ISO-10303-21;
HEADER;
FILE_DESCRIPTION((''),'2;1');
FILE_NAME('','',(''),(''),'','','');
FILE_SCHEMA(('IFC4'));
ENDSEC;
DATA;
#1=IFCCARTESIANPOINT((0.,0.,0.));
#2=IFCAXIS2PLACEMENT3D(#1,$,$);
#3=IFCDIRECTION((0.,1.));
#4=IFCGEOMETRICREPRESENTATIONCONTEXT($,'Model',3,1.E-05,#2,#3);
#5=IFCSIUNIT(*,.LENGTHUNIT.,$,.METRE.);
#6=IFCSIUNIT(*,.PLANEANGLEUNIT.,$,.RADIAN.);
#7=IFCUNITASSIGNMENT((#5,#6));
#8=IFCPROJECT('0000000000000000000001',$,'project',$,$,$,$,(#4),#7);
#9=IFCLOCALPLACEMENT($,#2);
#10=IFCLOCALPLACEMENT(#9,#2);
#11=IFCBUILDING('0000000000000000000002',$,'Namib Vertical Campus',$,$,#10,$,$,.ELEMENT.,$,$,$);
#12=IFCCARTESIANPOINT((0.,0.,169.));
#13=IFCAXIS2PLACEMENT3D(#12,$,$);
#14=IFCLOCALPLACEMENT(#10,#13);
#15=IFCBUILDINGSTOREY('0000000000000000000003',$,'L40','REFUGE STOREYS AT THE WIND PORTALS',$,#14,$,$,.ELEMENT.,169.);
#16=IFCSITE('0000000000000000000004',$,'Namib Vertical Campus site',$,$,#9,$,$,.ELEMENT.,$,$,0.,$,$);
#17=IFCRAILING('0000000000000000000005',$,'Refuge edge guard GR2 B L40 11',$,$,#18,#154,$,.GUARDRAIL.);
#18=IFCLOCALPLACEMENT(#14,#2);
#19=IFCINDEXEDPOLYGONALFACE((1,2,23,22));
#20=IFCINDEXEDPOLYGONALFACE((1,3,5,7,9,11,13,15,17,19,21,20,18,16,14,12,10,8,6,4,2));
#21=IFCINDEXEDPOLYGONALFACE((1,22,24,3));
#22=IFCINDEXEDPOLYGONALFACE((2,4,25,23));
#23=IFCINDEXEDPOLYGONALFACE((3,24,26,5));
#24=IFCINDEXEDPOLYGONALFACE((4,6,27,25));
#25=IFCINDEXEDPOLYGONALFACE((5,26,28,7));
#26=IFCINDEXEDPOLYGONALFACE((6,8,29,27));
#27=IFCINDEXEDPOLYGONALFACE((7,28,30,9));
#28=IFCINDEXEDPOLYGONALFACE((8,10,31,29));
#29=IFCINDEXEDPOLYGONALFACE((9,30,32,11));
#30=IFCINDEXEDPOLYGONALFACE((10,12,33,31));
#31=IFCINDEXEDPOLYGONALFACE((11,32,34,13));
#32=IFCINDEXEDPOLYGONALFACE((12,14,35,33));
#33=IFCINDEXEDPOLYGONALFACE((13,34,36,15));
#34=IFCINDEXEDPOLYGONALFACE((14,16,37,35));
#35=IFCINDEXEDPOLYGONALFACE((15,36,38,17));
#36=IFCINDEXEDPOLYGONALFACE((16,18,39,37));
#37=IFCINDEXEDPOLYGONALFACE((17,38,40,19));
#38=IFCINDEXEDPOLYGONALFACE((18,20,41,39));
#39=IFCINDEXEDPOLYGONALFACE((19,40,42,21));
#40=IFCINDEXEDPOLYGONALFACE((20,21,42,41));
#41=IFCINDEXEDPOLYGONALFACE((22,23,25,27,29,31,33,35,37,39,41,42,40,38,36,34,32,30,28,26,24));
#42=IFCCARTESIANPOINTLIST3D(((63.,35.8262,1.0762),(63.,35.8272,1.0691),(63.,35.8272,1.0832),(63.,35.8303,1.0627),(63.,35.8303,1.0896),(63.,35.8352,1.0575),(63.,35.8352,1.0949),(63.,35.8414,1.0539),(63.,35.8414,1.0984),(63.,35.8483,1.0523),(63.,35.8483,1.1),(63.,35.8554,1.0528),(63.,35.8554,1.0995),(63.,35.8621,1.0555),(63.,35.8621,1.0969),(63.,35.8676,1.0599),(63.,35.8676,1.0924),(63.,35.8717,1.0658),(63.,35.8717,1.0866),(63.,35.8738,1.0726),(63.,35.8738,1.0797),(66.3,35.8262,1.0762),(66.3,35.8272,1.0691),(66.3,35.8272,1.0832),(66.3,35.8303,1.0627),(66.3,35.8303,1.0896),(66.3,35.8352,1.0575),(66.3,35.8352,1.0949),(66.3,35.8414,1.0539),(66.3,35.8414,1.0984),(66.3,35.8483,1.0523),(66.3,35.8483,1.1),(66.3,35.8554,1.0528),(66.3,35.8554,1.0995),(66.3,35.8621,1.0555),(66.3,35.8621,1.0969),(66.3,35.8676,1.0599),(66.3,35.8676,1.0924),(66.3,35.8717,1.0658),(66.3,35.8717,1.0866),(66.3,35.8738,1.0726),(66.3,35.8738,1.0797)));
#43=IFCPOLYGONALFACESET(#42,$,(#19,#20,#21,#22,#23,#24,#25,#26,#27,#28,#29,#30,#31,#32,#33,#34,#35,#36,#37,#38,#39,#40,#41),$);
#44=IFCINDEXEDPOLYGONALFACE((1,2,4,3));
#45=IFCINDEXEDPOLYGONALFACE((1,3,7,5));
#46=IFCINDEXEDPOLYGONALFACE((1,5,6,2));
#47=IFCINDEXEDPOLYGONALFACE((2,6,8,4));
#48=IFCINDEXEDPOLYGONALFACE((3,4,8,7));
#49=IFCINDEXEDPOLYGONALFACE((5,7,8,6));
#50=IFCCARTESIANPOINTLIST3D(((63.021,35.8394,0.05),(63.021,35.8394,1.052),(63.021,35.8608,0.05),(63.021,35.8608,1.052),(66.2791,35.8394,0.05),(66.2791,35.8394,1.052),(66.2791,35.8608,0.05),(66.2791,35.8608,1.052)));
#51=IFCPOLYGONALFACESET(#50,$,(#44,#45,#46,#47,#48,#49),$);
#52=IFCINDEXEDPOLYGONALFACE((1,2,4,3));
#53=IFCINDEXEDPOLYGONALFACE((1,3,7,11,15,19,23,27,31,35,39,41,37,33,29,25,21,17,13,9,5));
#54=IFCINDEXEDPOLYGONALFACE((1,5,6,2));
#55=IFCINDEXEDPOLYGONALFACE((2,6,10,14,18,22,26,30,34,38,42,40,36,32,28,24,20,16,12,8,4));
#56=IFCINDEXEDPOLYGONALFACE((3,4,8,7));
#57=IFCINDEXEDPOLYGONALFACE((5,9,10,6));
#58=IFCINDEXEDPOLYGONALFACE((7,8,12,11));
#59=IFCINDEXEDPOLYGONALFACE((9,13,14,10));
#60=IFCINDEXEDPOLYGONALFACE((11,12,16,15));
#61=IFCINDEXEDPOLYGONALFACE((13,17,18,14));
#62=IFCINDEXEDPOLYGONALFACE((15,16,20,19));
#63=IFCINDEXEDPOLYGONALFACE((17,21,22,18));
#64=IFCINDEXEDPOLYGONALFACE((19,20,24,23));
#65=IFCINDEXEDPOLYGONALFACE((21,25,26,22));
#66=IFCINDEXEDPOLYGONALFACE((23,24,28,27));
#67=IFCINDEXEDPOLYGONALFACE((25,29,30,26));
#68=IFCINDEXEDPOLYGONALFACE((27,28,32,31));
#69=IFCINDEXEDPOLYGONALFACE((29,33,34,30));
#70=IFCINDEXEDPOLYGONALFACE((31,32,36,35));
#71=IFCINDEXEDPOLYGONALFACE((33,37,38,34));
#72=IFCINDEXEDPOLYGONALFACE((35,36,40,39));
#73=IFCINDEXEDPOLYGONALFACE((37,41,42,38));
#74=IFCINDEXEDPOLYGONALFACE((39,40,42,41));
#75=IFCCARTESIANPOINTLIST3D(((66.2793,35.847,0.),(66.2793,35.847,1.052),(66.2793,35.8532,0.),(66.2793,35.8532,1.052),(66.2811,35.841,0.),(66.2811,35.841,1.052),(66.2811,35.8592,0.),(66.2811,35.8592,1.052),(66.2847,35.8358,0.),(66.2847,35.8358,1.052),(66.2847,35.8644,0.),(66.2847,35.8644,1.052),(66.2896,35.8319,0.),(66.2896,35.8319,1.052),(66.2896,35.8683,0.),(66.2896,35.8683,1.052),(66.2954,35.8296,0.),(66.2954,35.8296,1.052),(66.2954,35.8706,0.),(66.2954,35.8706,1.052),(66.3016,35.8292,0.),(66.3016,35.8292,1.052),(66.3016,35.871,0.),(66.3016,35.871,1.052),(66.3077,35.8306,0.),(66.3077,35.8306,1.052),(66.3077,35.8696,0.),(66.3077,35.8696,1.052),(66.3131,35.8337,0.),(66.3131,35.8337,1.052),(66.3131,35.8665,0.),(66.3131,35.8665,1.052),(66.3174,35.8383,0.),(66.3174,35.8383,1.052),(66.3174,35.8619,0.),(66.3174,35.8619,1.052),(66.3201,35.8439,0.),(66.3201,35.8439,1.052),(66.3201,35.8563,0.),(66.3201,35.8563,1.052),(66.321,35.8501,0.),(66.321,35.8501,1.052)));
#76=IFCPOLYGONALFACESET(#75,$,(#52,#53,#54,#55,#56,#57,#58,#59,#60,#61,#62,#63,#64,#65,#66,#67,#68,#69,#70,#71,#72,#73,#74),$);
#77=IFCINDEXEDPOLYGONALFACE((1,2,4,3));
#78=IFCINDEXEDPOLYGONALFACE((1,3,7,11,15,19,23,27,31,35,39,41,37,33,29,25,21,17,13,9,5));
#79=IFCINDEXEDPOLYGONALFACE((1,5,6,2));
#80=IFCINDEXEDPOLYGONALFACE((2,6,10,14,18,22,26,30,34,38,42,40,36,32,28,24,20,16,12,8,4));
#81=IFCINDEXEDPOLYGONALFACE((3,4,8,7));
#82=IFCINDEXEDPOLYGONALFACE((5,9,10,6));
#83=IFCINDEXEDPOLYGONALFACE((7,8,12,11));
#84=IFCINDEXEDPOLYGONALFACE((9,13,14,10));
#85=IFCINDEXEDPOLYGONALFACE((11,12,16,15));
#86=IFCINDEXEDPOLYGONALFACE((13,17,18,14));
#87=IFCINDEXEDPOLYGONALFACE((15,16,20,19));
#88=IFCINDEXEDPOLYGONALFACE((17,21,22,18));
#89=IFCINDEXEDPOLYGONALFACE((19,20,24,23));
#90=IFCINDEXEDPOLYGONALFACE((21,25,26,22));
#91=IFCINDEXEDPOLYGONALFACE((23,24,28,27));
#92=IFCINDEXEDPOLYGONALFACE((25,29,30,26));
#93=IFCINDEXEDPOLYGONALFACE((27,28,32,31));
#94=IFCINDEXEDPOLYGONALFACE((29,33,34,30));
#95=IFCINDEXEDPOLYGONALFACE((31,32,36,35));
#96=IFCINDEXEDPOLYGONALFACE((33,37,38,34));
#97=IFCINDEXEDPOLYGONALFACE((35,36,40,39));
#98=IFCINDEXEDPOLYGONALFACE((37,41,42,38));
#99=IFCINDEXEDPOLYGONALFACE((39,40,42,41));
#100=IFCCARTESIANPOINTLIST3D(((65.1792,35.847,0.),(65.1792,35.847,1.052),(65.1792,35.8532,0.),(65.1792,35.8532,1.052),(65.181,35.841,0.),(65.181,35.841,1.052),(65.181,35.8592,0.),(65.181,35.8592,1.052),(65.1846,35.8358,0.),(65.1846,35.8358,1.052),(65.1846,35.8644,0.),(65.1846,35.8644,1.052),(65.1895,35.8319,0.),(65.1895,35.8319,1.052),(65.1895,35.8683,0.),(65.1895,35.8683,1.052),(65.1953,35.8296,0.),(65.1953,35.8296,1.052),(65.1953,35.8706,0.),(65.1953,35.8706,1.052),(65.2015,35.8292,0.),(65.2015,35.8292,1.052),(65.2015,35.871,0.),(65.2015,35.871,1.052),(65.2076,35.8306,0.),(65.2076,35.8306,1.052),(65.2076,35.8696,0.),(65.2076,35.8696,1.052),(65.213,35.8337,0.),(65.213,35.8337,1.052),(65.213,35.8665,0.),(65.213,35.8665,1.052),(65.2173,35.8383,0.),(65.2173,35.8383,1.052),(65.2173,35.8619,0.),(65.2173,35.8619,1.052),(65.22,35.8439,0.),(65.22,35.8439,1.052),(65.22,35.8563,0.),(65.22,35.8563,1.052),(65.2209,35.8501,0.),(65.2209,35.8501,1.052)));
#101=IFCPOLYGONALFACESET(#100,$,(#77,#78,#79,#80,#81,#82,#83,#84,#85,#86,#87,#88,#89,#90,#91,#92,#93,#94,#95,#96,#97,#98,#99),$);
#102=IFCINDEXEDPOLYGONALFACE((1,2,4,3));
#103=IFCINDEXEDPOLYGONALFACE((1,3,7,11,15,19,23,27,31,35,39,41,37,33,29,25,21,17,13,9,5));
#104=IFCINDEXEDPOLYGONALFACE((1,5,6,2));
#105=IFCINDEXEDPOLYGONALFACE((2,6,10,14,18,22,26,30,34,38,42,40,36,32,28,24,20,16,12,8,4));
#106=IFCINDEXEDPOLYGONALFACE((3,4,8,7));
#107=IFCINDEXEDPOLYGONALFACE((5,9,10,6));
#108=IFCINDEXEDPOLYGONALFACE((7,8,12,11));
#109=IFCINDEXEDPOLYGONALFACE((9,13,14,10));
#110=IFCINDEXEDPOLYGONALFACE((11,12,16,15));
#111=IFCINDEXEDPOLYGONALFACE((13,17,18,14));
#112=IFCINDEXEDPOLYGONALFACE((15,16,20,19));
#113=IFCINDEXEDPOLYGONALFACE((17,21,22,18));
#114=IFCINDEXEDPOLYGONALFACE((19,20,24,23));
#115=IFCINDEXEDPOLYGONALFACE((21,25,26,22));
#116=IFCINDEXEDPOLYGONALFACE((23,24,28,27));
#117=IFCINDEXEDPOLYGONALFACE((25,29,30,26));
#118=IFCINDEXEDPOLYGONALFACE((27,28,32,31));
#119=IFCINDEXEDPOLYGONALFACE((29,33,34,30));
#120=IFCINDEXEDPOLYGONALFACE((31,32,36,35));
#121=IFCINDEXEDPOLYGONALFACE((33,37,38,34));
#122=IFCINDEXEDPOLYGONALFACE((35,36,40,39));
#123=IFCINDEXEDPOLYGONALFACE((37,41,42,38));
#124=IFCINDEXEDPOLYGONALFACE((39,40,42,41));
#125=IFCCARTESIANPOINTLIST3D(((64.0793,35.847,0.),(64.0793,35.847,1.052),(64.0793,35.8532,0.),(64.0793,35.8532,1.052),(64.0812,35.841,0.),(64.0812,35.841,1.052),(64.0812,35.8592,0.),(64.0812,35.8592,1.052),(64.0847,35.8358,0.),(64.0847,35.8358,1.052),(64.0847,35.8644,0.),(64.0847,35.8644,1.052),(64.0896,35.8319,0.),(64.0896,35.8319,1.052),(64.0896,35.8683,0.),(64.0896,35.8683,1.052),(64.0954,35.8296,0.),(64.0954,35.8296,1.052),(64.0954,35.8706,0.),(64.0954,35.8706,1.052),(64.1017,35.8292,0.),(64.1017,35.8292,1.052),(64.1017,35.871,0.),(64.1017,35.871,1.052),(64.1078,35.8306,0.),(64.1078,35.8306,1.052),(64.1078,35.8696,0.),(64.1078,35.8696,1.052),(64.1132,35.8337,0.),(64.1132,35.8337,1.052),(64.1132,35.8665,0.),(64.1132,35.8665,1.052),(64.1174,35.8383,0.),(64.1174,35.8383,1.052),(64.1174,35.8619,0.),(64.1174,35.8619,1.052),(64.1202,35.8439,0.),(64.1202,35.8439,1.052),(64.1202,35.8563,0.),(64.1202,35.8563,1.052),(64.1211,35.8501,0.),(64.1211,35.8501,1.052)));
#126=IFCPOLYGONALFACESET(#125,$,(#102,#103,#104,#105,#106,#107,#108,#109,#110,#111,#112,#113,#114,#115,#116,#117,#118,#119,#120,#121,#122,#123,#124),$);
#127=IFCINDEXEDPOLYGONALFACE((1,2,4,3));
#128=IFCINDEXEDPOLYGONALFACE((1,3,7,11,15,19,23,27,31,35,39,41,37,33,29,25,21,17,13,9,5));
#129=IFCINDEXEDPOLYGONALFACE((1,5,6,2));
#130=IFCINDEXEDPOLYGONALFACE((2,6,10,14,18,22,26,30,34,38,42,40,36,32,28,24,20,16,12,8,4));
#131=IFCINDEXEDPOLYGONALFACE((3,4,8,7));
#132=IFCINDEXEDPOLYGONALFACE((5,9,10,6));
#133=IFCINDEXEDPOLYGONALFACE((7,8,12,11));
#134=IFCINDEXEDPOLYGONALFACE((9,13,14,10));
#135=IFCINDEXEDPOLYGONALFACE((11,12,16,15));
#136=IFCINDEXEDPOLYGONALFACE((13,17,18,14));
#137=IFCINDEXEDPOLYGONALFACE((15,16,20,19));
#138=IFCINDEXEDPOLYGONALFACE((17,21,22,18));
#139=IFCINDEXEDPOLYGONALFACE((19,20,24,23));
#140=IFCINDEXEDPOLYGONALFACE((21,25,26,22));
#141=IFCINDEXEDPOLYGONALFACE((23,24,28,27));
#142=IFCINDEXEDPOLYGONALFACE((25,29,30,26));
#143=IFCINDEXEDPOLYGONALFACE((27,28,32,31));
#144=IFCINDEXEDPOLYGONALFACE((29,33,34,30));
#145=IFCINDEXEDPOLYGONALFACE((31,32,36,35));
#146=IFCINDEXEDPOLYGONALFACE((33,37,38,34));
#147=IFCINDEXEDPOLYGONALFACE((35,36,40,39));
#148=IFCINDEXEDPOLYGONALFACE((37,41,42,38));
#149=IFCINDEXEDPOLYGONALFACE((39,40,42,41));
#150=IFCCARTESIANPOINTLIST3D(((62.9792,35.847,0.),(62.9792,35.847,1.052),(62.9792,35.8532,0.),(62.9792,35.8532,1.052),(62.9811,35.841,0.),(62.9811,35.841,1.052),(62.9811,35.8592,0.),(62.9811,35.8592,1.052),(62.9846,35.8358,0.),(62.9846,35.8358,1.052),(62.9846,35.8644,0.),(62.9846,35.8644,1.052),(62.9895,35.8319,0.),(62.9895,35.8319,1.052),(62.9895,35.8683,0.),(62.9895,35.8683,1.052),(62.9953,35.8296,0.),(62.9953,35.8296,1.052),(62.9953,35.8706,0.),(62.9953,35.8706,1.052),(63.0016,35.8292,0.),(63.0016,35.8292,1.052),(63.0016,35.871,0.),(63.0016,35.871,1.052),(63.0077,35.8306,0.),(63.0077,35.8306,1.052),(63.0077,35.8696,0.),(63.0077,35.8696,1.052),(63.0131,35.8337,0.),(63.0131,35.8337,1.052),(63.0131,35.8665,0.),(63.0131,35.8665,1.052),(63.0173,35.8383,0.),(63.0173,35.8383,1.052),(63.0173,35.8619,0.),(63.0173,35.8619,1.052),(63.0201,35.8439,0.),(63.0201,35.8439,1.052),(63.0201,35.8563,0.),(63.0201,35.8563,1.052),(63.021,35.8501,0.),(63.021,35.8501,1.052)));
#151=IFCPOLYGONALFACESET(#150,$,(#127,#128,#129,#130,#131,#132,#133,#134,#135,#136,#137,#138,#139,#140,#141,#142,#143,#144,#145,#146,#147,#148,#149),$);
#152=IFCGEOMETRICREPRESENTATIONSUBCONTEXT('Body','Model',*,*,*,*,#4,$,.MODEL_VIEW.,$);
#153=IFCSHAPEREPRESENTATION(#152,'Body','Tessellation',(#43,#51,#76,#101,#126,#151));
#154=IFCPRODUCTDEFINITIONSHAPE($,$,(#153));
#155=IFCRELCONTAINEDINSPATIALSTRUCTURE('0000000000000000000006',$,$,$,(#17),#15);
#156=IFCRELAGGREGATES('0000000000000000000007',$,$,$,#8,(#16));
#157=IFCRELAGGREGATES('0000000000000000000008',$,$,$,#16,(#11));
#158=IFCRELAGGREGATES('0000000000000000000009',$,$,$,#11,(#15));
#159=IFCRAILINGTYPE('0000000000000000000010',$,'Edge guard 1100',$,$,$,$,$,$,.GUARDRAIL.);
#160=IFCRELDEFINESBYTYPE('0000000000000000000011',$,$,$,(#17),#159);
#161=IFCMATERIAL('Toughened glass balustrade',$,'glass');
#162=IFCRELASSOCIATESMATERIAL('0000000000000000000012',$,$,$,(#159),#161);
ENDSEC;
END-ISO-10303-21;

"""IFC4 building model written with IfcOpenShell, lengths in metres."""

from ifc_helpers import new_model, si_unit, direction, frame, origin, origin_2d, place, context, subcontext, project, spatial, polyline, circle, outline, extrude, material, type_object, element, save


model = new_model("IFC4")

# Units and contexts
model_context = context("Model", 3, precision=1e-05, world=origin(), true_north=direction((0.0, 1.0)))
body_context = subcontext(model_context, "Body", "Model", "MODEL_VIEW")
ifc_project = project(units=[si_unit("LENGTHUNIT", "METRE"), si_unit("PLANEANGLEUNIT", "RADIAN")], contexts=[model_context])

# Site, building, storey
site_placement = place(None, origin())
site = spatial("IfcSite", under=ifc_project, at=site_placement, Name="Namib Vertical Campus site", CompositionType="ELEMENT", RefElevation=0.0)
building_placement = place(site_placement, origin())
building = spatial("IfcBuilding", under=site, at=building_placement, Name="Namib Vertical Campus", CompositionType="ELEMENT")
storey_placement = place(building_placement, frame((0.0, 0.0, 169.0)))
storey = spatial("IfcBuildingStorey", under=building, at=storey_placement, Name="L40", Description="REFUGE STOREYS AT THE WIND PORTALS", CompositionType="ELEMENT", Elevation=169.0)

# Railing
ifc_material_1 = material(Name="Toughened glass balustrade", Category="glass")
railing_type = type_object("IfcRailingType", Name="Edge guard 1100", PredefinedType="GUARDRAIL", material=ifc_material_1)
railing_1_placement = place(storey_placement, frame((66.3, 35.8501, 0.0)))
element("IfcRailing", 1, at=railing_1_placement, inside=storey, type_object=railing_type, Name="Refuge edge guard GR2 B L40 11", PredefinedType="GUARDRAIL", context=body_context, shape_type="SweptSolid", body=[
    extrude(circle(Radius=0.0239, at=origin_2d()), frame((0.0, 0.0, 1.0762), z_axis=(-1.0, 0.0, 0.0), x_axis=(0.0, -1.0, 0.0)), (0.0, 0.0, 1.0), 3.3),
    extrude(outline(polyline([(0.021, 0.05), (3.2791, 0.05), (3.2791, 1.052), (0.021, 1.052), (0.021, 0.05)])), frame((0.0, -0.0107, 0.0), z_axis=(0.0, 1.0, 0.0), x_axis=(-1.0, 0.0, 0.0)), (0.0, 0.0, 1.0), 0.0215),
    extrude(circle(Radius=0.021, at=origin_2d()), origin(), (0.0, 0.0, 1.0), 1.052),
    extrude(circle(Radius=0.021, at=origin_2d()), frame((-1.1001, 0.0, 0.0)), (0.0, 0.0, 1.0), 1.052),
    extrude(circle(Radius=0.021, at=origin_2d()), frame((-2.2, 0.0, 0.0)), (0.0, 0.0, 1.0), 1.052),
    extrude(circle(Radius=0.021, at=origin_2d()), frame((-3.3, 0.0, 0.0)), (0.0, 0.0, 1.0), 1.052),
])

save(model, "model.ifc")
